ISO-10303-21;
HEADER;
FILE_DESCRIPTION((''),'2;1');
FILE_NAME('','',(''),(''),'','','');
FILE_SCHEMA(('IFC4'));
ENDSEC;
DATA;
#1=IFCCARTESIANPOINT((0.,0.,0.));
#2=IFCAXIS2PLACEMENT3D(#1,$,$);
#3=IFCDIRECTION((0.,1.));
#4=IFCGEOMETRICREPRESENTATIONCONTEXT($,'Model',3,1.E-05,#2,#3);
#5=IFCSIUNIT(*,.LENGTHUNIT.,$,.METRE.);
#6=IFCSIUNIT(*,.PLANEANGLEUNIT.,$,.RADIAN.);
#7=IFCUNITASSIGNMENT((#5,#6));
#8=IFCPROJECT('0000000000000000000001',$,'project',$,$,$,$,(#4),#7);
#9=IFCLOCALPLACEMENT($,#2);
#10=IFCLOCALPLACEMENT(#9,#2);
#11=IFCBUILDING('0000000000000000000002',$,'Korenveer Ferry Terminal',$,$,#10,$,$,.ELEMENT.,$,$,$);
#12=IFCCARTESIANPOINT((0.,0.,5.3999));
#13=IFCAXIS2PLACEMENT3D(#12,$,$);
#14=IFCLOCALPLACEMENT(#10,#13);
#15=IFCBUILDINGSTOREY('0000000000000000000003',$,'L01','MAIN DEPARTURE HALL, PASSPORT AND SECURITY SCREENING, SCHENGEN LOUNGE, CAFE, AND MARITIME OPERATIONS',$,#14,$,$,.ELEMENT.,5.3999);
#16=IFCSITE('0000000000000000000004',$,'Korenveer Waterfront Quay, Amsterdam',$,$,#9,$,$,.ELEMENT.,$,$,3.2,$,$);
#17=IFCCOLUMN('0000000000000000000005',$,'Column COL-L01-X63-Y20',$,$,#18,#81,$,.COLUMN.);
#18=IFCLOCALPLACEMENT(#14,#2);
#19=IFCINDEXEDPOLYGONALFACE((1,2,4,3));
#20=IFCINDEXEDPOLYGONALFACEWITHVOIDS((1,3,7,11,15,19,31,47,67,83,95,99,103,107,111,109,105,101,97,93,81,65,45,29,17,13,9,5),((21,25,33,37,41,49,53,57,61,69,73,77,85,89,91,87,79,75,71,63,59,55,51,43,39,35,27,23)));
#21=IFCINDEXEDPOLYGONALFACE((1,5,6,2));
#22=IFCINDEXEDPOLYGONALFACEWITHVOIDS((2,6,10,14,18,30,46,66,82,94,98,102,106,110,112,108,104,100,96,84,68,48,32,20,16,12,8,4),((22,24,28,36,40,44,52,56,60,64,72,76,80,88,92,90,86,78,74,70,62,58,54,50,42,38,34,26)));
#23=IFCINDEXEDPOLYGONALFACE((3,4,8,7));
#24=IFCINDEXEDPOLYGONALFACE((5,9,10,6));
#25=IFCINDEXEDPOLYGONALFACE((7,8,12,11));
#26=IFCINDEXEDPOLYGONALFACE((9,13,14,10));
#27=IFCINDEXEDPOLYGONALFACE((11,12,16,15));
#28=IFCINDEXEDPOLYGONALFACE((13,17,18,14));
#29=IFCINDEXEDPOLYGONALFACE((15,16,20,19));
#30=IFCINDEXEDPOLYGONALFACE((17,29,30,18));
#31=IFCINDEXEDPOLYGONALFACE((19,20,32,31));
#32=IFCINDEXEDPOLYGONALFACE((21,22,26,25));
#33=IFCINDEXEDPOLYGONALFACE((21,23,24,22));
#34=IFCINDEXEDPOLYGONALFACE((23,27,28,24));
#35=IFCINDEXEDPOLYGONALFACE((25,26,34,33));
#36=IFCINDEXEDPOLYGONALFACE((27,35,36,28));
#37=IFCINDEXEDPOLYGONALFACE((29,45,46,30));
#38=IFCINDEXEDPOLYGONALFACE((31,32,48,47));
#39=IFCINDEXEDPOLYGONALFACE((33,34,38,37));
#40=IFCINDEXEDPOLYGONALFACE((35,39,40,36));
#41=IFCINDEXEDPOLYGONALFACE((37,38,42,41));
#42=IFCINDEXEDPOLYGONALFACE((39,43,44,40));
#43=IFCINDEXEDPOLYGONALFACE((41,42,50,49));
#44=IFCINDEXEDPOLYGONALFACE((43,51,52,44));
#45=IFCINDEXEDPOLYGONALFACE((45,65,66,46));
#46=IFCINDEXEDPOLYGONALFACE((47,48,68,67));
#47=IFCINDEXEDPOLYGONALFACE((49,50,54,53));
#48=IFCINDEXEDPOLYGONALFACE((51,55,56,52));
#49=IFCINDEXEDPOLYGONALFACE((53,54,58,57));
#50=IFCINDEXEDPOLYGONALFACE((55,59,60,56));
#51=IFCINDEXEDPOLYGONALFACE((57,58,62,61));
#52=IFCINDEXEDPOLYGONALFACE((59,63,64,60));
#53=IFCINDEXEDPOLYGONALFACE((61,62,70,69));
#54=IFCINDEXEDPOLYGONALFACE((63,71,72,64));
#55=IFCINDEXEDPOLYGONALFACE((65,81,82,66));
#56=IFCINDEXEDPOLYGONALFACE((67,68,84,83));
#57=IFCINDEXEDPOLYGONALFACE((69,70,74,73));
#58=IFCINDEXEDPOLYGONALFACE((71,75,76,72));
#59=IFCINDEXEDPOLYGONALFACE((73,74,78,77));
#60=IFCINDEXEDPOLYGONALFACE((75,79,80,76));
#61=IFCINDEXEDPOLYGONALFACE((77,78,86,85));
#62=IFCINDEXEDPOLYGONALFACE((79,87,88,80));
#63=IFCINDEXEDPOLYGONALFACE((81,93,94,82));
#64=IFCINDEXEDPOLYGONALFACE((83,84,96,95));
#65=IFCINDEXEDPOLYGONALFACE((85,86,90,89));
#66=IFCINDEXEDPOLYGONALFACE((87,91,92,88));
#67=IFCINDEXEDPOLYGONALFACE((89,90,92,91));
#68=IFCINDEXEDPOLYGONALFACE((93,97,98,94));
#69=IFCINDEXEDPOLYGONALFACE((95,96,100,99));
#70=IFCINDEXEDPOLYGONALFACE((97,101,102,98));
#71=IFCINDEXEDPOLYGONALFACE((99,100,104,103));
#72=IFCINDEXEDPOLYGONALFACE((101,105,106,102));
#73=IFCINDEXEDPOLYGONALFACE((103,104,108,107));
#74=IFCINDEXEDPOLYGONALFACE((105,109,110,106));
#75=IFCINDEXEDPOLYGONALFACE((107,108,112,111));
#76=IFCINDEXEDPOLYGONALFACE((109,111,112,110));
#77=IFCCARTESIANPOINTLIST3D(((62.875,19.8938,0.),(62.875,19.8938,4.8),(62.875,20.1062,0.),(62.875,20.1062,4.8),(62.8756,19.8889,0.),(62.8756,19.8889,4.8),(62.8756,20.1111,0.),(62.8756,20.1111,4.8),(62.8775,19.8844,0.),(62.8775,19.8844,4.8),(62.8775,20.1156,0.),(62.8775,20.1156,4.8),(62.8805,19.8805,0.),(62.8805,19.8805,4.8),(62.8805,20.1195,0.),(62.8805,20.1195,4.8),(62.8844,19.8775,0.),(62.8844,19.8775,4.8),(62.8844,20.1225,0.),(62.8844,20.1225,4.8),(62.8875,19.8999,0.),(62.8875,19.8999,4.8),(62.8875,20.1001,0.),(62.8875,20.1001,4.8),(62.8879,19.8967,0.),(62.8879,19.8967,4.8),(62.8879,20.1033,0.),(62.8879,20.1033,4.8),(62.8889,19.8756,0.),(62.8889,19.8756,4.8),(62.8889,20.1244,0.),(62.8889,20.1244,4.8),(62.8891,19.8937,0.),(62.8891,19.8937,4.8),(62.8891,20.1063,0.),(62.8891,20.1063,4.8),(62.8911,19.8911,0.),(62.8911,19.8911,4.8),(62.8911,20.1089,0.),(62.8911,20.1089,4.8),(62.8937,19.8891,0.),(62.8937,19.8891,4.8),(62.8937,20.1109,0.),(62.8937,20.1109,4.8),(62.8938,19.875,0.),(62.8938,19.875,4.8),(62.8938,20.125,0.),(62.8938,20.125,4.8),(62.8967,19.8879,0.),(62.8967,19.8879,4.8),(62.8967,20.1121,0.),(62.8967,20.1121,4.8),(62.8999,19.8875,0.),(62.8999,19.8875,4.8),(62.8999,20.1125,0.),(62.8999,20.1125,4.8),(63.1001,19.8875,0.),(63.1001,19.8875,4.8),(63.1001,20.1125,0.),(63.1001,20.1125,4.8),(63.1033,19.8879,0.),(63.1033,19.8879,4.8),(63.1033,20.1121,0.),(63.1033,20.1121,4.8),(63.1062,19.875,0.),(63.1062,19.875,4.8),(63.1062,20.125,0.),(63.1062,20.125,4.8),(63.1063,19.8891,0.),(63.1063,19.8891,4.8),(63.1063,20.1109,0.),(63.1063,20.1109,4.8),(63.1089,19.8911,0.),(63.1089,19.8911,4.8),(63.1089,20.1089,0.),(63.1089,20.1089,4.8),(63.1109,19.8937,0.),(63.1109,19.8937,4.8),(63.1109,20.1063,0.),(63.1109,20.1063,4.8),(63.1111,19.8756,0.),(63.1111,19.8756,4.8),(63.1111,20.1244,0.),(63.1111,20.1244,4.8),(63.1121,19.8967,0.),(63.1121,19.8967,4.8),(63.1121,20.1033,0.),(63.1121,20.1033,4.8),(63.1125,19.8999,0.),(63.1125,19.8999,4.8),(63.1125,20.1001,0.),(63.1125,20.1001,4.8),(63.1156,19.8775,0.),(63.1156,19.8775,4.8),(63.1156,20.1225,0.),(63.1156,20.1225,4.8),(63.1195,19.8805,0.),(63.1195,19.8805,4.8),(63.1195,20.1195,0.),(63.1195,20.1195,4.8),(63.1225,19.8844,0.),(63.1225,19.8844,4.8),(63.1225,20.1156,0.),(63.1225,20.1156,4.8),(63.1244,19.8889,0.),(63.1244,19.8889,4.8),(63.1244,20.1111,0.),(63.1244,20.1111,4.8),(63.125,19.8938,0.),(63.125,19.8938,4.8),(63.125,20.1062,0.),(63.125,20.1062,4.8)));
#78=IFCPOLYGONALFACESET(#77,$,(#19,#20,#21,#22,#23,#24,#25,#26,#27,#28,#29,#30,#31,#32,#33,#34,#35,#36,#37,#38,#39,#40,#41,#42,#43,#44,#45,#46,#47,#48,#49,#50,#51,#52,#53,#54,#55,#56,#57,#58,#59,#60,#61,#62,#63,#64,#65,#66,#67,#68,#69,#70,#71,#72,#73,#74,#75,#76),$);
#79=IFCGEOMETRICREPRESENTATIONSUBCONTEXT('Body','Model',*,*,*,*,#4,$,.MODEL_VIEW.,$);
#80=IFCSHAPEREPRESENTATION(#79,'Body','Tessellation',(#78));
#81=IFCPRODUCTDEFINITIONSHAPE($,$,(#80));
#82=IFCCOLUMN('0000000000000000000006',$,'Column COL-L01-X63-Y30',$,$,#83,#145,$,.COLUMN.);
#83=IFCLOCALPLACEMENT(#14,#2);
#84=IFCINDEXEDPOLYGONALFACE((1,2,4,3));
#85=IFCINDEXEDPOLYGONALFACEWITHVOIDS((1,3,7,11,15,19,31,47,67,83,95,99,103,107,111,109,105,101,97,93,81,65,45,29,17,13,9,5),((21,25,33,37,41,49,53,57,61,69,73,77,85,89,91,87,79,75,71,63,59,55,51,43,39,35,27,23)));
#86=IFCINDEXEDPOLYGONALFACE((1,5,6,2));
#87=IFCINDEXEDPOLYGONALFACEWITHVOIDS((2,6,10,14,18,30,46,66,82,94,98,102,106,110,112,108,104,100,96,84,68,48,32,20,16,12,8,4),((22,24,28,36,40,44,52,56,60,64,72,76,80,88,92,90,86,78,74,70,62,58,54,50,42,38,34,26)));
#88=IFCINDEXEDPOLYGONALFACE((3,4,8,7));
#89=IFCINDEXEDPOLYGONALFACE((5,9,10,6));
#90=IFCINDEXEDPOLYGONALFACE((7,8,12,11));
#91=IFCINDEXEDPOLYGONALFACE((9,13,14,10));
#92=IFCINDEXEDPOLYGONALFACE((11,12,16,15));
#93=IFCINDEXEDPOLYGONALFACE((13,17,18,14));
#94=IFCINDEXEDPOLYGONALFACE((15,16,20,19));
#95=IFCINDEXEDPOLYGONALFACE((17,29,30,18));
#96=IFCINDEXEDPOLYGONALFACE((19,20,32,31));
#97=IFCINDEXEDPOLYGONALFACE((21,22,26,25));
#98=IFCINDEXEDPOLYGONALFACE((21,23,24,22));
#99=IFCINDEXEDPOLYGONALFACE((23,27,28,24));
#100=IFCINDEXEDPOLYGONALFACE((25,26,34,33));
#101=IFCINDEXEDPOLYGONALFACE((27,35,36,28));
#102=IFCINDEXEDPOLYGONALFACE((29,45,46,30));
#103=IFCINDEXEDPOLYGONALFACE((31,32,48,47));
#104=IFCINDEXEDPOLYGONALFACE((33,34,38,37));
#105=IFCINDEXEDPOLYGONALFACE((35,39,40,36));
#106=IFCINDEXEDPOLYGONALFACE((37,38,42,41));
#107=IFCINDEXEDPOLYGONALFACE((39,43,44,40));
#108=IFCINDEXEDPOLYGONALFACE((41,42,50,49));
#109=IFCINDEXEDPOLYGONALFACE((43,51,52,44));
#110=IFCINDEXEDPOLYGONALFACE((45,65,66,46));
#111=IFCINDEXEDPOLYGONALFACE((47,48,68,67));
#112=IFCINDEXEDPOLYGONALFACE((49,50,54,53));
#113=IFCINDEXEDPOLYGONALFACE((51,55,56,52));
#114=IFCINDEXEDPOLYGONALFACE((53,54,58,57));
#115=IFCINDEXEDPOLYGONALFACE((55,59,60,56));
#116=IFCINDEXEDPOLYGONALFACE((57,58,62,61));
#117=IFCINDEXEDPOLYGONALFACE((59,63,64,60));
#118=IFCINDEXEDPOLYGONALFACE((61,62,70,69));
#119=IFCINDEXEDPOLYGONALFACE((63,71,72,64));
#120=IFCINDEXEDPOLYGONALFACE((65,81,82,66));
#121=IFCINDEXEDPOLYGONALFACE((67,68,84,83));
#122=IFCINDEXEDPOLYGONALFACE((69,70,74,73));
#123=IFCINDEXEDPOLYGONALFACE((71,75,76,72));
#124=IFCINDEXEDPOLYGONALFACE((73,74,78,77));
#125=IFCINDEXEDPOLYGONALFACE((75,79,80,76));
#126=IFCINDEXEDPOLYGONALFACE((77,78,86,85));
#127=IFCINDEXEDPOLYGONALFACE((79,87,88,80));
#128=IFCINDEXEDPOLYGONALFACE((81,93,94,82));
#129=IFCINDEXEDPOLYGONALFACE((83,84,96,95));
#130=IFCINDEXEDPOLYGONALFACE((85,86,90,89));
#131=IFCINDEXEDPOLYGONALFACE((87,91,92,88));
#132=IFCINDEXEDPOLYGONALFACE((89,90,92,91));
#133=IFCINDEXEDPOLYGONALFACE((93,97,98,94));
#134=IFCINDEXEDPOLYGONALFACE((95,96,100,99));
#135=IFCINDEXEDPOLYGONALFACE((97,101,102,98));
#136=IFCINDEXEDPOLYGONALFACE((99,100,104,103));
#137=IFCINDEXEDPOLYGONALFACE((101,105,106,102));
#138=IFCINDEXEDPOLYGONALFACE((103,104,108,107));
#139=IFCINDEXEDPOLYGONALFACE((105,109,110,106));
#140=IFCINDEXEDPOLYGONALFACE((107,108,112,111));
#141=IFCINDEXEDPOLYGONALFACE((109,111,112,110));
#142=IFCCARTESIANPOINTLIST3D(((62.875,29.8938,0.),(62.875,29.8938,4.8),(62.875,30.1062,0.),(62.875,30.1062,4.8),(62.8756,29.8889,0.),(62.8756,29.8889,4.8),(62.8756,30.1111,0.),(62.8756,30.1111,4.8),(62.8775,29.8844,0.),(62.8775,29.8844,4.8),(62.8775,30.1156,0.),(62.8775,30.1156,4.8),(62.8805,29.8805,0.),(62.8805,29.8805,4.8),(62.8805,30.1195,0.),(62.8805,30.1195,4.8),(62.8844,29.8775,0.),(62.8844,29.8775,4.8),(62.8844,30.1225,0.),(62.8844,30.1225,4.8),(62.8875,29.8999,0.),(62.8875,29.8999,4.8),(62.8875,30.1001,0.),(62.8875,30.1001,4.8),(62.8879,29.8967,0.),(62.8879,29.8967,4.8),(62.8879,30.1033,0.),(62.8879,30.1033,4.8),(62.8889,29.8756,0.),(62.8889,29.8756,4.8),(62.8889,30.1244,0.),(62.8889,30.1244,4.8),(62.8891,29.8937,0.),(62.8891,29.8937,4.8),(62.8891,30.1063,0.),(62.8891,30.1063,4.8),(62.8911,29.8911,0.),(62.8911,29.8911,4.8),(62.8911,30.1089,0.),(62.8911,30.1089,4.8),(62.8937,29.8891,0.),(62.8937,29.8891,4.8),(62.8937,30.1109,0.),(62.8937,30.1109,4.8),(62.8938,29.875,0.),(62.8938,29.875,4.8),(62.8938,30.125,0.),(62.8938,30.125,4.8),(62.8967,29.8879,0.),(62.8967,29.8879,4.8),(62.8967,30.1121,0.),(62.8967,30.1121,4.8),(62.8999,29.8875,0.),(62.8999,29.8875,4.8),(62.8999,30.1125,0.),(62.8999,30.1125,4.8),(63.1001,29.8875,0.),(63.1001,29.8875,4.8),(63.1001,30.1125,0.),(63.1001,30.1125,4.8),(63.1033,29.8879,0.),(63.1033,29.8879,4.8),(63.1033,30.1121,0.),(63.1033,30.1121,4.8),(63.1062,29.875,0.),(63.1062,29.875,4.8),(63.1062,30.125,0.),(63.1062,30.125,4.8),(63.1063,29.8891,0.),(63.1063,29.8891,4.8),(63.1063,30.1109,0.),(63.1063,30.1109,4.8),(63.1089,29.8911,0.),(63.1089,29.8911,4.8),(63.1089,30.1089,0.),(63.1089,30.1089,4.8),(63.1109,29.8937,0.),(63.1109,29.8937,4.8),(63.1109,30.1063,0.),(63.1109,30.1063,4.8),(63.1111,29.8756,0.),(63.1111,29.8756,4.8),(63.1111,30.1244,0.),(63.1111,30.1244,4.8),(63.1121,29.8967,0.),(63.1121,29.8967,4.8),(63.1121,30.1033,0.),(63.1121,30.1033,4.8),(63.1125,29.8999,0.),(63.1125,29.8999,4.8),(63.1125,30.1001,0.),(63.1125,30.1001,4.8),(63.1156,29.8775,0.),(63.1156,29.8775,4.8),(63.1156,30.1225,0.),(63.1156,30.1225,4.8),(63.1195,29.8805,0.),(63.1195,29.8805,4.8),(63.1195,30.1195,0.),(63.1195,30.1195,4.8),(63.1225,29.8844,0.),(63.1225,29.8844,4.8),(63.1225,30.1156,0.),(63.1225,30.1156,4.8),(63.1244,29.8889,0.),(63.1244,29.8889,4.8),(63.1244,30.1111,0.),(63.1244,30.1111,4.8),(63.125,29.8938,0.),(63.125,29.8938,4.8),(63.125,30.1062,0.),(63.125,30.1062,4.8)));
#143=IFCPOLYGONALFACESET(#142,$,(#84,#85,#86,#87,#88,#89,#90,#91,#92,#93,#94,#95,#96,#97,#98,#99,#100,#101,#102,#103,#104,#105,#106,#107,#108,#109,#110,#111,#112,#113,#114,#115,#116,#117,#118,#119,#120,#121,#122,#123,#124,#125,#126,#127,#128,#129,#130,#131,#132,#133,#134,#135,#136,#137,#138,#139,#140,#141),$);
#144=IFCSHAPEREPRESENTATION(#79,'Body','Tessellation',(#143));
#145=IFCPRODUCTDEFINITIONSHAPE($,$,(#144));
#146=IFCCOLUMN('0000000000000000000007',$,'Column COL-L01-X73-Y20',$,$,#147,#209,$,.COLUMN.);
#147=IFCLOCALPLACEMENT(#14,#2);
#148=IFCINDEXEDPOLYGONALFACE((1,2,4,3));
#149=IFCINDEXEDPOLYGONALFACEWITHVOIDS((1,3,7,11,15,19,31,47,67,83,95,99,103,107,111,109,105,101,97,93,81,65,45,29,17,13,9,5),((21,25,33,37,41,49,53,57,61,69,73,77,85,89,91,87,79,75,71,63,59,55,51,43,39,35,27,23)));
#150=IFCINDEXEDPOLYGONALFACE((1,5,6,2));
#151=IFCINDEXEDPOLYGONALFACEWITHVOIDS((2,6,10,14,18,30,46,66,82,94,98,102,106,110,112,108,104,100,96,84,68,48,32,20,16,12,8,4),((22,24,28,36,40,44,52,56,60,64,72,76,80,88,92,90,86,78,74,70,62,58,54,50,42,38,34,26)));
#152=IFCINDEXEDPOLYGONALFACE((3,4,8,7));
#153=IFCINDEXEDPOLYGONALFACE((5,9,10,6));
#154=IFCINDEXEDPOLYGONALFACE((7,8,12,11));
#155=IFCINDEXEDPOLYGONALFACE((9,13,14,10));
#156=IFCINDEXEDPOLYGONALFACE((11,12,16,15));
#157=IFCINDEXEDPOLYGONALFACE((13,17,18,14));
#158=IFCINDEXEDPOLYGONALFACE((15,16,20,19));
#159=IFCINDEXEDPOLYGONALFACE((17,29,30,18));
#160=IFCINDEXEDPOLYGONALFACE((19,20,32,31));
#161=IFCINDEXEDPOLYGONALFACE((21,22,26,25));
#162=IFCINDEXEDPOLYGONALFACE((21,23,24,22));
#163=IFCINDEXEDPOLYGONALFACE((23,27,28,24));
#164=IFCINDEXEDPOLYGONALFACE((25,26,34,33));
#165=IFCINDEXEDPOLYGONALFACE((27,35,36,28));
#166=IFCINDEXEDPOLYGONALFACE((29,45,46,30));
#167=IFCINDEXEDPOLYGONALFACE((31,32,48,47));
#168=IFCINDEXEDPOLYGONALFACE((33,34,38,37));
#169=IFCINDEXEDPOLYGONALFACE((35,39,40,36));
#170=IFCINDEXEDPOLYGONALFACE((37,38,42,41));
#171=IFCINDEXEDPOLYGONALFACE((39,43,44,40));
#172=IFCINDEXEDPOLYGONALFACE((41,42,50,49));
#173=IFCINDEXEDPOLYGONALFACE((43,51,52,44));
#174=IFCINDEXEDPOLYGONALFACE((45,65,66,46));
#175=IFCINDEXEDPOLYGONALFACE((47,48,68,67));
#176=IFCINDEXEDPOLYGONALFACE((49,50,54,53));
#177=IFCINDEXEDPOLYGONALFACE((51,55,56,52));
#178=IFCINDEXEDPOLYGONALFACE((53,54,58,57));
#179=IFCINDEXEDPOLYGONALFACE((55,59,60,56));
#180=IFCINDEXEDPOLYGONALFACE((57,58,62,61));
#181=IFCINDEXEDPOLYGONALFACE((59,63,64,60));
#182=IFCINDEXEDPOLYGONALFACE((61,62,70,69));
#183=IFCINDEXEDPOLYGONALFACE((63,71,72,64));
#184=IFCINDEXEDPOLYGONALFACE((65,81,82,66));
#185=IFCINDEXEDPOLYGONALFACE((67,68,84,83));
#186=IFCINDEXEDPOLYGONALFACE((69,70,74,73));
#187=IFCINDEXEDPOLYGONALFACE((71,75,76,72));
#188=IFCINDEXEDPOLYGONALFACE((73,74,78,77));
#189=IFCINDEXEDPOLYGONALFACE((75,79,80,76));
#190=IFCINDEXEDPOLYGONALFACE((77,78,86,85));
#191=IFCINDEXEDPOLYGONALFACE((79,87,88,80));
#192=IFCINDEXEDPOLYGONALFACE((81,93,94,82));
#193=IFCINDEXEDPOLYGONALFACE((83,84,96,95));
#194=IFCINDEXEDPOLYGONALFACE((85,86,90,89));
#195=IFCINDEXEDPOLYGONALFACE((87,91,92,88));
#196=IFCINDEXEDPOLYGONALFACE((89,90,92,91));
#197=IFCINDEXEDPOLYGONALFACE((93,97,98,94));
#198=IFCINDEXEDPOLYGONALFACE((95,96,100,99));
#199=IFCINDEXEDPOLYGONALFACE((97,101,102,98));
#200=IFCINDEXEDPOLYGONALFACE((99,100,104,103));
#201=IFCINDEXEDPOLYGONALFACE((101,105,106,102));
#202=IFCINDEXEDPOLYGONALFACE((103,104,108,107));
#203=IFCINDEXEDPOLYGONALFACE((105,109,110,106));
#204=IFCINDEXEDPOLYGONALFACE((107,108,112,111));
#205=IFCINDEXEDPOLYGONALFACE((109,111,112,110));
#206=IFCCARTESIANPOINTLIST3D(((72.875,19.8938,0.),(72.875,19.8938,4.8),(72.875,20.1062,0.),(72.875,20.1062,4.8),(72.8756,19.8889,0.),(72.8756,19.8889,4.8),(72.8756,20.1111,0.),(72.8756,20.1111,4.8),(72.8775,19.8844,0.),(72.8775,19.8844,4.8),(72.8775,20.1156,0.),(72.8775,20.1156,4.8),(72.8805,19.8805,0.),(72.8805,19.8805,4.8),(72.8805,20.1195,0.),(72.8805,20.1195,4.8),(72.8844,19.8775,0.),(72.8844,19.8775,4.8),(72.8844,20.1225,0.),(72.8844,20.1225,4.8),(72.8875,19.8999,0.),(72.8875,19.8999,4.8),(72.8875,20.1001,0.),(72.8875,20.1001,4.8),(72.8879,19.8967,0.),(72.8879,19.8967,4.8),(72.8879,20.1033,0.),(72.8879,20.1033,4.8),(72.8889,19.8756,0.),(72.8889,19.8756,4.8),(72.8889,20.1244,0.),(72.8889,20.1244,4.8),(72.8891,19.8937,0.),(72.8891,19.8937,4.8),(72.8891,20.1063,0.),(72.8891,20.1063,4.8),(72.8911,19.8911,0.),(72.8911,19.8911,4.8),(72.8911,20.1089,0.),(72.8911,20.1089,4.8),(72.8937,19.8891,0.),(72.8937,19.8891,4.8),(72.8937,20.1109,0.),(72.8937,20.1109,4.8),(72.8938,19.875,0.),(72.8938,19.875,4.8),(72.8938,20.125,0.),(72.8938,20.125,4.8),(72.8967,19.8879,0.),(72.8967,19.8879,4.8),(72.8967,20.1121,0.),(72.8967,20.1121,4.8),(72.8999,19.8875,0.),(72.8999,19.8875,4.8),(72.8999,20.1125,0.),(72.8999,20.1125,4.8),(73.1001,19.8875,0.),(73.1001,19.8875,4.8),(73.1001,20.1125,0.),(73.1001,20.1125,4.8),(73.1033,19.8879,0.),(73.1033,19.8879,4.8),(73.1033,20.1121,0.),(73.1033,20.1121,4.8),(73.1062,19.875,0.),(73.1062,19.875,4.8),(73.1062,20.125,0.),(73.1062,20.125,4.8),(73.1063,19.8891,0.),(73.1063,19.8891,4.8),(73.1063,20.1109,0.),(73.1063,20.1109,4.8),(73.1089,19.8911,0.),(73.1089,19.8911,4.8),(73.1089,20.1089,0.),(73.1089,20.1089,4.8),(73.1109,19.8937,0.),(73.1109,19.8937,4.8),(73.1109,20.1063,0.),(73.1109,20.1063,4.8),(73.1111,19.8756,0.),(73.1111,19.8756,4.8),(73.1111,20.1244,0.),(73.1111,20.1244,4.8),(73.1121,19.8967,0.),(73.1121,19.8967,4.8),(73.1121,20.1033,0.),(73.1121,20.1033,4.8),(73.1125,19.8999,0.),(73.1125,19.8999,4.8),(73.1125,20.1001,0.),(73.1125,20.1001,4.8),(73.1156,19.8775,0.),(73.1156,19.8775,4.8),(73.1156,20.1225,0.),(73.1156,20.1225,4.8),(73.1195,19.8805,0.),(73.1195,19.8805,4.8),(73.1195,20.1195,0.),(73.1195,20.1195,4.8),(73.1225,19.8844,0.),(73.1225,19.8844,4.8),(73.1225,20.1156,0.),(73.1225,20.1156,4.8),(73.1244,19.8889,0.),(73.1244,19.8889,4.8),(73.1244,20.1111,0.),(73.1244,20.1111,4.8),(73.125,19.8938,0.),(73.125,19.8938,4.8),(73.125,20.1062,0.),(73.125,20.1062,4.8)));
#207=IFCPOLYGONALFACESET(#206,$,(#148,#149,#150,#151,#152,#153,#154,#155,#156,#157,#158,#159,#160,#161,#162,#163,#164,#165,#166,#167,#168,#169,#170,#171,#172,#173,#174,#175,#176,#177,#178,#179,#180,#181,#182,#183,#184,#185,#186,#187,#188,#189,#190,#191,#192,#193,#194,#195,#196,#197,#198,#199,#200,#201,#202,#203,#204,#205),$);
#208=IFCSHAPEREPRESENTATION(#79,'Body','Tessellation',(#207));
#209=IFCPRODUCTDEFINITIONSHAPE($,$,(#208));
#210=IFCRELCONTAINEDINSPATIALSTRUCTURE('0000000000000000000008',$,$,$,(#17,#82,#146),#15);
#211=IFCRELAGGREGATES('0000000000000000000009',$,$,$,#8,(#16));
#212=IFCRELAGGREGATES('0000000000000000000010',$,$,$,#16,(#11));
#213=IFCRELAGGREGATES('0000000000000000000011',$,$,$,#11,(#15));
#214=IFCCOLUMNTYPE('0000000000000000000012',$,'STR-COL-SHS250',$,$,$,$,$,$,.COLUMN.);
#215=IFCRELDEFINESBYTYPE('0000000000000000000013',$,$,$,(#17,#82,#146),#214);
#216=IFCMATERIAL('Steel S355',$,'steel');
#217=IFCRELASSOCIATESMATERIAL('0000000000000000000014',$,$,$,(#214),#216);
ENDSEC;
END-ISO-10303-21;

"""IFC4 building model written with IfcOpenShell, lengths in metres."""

from ifc_helpers import new_model, si_unit, direction, frame, origin, origin_2d, place, context, subcontext, project, spatial, hollow_rectangle, extrude, material, material_profile, profile_set, type_object, element, save


model = new_model("IFC4")

# Units and contexts
model_context = context("Model", 3, precision=1e-05, world=origin(), true_north=direction((0.0, 1.0)))
body_context = subcontext(model_context, "Body", "Model", "MODEL_VIEW")
ifc_project = project(units=[si_unit("LENGTHUNIT", "METRE"), si_unit("PLANEANGLEUNIT", "RADIAN")], contexts=[model_context])

# Site, building, storey
site_placement = place(None, origin())
site = spatial("IfcSite", under=ifc_project, at=site_placement, Name="Korenveer Waterfront Quay, Amsterdam", CompositionType="ELEMENT", RefElevation=3.2)
building_placement = place(site_placement, origin())
building = spatial("IfcBuilding", under=site, at=building_placement, Name="Korenveer Ferry Terminal", CompositionType="ELEMENT")
storey_placement = place(building_placement, frame((0.0, 0.0, 5.3999)))
storey = spatial("IfcBuildingStorey", under=building, at=storey_placement, Name="L01", Description="MAIN DEPARTURE HALL, PASSPORT AND SECURITY SCREENING, SCHENGEN LOUNGE, CAFE, AND MARITIME OPERATIONS", CompositionType="ELEMENT", Elevation=5.3999)

# Columns
ifc_material_1 = material(Name="Steel S355", Category="steel")
ifc_material_profile_1 = material_profile(ifc_material_1, hollow_rectangle(XDim=0.25, YDim=0.25, WallThickness=0.0125, InnerFilletRadius=0.0125, OuterFilletRadius=0.0188, at=origin_2d()), Name="SHS 250x250x12.5")
ifc_profile_set_1 = profile_set([ifc_material_profile_1], Name="Steel S355")
column_type = type_object("IfcColumnType", Name="STR-COL-SHS250", PredefinedType="COLUMN", material=ifc_profile_set_1)
for number, where, z_axis, x_axis, name in (
    (1, (63.0, 20.0, 0.0), (0.0, 0.0, 1.0), (1.0, 0.0, 0.0), "Column COL-L01-X63-Y20"),
    (2, (63.0, 30.0, 0.0), (0.0, 0.0, 1.0), (1.0, 0.0, 0.0), "Column COL-L01-X63-Y30"),
    (3, (73.0, 20.0, 0.0), (0.0, 0.0, 1.0), (1.0, 0.0, 0.0), "Column COL-L01-X73-Y20"),
):
    element("IfcColumn", number, at=place(storey_placement, frame(where, z_axis=z_axis, x_axis=x_axis)), inside=storey, type_object=column_type, Name=name, PredefinedType="COLUMN", context=body_context, shape_type="SweptSolid", body=[
        extrude(hollow_rectangle(XDim=0.25, YDim=0.25, WallThickness=0.0125, InnerFilletRadius=0.0125, OuterFilletRadius=0.0188, at=origin_2d()), origin(), (0.0, 0.0, 1.0), 4.8),
    ])

save(model, "model.ifc")
